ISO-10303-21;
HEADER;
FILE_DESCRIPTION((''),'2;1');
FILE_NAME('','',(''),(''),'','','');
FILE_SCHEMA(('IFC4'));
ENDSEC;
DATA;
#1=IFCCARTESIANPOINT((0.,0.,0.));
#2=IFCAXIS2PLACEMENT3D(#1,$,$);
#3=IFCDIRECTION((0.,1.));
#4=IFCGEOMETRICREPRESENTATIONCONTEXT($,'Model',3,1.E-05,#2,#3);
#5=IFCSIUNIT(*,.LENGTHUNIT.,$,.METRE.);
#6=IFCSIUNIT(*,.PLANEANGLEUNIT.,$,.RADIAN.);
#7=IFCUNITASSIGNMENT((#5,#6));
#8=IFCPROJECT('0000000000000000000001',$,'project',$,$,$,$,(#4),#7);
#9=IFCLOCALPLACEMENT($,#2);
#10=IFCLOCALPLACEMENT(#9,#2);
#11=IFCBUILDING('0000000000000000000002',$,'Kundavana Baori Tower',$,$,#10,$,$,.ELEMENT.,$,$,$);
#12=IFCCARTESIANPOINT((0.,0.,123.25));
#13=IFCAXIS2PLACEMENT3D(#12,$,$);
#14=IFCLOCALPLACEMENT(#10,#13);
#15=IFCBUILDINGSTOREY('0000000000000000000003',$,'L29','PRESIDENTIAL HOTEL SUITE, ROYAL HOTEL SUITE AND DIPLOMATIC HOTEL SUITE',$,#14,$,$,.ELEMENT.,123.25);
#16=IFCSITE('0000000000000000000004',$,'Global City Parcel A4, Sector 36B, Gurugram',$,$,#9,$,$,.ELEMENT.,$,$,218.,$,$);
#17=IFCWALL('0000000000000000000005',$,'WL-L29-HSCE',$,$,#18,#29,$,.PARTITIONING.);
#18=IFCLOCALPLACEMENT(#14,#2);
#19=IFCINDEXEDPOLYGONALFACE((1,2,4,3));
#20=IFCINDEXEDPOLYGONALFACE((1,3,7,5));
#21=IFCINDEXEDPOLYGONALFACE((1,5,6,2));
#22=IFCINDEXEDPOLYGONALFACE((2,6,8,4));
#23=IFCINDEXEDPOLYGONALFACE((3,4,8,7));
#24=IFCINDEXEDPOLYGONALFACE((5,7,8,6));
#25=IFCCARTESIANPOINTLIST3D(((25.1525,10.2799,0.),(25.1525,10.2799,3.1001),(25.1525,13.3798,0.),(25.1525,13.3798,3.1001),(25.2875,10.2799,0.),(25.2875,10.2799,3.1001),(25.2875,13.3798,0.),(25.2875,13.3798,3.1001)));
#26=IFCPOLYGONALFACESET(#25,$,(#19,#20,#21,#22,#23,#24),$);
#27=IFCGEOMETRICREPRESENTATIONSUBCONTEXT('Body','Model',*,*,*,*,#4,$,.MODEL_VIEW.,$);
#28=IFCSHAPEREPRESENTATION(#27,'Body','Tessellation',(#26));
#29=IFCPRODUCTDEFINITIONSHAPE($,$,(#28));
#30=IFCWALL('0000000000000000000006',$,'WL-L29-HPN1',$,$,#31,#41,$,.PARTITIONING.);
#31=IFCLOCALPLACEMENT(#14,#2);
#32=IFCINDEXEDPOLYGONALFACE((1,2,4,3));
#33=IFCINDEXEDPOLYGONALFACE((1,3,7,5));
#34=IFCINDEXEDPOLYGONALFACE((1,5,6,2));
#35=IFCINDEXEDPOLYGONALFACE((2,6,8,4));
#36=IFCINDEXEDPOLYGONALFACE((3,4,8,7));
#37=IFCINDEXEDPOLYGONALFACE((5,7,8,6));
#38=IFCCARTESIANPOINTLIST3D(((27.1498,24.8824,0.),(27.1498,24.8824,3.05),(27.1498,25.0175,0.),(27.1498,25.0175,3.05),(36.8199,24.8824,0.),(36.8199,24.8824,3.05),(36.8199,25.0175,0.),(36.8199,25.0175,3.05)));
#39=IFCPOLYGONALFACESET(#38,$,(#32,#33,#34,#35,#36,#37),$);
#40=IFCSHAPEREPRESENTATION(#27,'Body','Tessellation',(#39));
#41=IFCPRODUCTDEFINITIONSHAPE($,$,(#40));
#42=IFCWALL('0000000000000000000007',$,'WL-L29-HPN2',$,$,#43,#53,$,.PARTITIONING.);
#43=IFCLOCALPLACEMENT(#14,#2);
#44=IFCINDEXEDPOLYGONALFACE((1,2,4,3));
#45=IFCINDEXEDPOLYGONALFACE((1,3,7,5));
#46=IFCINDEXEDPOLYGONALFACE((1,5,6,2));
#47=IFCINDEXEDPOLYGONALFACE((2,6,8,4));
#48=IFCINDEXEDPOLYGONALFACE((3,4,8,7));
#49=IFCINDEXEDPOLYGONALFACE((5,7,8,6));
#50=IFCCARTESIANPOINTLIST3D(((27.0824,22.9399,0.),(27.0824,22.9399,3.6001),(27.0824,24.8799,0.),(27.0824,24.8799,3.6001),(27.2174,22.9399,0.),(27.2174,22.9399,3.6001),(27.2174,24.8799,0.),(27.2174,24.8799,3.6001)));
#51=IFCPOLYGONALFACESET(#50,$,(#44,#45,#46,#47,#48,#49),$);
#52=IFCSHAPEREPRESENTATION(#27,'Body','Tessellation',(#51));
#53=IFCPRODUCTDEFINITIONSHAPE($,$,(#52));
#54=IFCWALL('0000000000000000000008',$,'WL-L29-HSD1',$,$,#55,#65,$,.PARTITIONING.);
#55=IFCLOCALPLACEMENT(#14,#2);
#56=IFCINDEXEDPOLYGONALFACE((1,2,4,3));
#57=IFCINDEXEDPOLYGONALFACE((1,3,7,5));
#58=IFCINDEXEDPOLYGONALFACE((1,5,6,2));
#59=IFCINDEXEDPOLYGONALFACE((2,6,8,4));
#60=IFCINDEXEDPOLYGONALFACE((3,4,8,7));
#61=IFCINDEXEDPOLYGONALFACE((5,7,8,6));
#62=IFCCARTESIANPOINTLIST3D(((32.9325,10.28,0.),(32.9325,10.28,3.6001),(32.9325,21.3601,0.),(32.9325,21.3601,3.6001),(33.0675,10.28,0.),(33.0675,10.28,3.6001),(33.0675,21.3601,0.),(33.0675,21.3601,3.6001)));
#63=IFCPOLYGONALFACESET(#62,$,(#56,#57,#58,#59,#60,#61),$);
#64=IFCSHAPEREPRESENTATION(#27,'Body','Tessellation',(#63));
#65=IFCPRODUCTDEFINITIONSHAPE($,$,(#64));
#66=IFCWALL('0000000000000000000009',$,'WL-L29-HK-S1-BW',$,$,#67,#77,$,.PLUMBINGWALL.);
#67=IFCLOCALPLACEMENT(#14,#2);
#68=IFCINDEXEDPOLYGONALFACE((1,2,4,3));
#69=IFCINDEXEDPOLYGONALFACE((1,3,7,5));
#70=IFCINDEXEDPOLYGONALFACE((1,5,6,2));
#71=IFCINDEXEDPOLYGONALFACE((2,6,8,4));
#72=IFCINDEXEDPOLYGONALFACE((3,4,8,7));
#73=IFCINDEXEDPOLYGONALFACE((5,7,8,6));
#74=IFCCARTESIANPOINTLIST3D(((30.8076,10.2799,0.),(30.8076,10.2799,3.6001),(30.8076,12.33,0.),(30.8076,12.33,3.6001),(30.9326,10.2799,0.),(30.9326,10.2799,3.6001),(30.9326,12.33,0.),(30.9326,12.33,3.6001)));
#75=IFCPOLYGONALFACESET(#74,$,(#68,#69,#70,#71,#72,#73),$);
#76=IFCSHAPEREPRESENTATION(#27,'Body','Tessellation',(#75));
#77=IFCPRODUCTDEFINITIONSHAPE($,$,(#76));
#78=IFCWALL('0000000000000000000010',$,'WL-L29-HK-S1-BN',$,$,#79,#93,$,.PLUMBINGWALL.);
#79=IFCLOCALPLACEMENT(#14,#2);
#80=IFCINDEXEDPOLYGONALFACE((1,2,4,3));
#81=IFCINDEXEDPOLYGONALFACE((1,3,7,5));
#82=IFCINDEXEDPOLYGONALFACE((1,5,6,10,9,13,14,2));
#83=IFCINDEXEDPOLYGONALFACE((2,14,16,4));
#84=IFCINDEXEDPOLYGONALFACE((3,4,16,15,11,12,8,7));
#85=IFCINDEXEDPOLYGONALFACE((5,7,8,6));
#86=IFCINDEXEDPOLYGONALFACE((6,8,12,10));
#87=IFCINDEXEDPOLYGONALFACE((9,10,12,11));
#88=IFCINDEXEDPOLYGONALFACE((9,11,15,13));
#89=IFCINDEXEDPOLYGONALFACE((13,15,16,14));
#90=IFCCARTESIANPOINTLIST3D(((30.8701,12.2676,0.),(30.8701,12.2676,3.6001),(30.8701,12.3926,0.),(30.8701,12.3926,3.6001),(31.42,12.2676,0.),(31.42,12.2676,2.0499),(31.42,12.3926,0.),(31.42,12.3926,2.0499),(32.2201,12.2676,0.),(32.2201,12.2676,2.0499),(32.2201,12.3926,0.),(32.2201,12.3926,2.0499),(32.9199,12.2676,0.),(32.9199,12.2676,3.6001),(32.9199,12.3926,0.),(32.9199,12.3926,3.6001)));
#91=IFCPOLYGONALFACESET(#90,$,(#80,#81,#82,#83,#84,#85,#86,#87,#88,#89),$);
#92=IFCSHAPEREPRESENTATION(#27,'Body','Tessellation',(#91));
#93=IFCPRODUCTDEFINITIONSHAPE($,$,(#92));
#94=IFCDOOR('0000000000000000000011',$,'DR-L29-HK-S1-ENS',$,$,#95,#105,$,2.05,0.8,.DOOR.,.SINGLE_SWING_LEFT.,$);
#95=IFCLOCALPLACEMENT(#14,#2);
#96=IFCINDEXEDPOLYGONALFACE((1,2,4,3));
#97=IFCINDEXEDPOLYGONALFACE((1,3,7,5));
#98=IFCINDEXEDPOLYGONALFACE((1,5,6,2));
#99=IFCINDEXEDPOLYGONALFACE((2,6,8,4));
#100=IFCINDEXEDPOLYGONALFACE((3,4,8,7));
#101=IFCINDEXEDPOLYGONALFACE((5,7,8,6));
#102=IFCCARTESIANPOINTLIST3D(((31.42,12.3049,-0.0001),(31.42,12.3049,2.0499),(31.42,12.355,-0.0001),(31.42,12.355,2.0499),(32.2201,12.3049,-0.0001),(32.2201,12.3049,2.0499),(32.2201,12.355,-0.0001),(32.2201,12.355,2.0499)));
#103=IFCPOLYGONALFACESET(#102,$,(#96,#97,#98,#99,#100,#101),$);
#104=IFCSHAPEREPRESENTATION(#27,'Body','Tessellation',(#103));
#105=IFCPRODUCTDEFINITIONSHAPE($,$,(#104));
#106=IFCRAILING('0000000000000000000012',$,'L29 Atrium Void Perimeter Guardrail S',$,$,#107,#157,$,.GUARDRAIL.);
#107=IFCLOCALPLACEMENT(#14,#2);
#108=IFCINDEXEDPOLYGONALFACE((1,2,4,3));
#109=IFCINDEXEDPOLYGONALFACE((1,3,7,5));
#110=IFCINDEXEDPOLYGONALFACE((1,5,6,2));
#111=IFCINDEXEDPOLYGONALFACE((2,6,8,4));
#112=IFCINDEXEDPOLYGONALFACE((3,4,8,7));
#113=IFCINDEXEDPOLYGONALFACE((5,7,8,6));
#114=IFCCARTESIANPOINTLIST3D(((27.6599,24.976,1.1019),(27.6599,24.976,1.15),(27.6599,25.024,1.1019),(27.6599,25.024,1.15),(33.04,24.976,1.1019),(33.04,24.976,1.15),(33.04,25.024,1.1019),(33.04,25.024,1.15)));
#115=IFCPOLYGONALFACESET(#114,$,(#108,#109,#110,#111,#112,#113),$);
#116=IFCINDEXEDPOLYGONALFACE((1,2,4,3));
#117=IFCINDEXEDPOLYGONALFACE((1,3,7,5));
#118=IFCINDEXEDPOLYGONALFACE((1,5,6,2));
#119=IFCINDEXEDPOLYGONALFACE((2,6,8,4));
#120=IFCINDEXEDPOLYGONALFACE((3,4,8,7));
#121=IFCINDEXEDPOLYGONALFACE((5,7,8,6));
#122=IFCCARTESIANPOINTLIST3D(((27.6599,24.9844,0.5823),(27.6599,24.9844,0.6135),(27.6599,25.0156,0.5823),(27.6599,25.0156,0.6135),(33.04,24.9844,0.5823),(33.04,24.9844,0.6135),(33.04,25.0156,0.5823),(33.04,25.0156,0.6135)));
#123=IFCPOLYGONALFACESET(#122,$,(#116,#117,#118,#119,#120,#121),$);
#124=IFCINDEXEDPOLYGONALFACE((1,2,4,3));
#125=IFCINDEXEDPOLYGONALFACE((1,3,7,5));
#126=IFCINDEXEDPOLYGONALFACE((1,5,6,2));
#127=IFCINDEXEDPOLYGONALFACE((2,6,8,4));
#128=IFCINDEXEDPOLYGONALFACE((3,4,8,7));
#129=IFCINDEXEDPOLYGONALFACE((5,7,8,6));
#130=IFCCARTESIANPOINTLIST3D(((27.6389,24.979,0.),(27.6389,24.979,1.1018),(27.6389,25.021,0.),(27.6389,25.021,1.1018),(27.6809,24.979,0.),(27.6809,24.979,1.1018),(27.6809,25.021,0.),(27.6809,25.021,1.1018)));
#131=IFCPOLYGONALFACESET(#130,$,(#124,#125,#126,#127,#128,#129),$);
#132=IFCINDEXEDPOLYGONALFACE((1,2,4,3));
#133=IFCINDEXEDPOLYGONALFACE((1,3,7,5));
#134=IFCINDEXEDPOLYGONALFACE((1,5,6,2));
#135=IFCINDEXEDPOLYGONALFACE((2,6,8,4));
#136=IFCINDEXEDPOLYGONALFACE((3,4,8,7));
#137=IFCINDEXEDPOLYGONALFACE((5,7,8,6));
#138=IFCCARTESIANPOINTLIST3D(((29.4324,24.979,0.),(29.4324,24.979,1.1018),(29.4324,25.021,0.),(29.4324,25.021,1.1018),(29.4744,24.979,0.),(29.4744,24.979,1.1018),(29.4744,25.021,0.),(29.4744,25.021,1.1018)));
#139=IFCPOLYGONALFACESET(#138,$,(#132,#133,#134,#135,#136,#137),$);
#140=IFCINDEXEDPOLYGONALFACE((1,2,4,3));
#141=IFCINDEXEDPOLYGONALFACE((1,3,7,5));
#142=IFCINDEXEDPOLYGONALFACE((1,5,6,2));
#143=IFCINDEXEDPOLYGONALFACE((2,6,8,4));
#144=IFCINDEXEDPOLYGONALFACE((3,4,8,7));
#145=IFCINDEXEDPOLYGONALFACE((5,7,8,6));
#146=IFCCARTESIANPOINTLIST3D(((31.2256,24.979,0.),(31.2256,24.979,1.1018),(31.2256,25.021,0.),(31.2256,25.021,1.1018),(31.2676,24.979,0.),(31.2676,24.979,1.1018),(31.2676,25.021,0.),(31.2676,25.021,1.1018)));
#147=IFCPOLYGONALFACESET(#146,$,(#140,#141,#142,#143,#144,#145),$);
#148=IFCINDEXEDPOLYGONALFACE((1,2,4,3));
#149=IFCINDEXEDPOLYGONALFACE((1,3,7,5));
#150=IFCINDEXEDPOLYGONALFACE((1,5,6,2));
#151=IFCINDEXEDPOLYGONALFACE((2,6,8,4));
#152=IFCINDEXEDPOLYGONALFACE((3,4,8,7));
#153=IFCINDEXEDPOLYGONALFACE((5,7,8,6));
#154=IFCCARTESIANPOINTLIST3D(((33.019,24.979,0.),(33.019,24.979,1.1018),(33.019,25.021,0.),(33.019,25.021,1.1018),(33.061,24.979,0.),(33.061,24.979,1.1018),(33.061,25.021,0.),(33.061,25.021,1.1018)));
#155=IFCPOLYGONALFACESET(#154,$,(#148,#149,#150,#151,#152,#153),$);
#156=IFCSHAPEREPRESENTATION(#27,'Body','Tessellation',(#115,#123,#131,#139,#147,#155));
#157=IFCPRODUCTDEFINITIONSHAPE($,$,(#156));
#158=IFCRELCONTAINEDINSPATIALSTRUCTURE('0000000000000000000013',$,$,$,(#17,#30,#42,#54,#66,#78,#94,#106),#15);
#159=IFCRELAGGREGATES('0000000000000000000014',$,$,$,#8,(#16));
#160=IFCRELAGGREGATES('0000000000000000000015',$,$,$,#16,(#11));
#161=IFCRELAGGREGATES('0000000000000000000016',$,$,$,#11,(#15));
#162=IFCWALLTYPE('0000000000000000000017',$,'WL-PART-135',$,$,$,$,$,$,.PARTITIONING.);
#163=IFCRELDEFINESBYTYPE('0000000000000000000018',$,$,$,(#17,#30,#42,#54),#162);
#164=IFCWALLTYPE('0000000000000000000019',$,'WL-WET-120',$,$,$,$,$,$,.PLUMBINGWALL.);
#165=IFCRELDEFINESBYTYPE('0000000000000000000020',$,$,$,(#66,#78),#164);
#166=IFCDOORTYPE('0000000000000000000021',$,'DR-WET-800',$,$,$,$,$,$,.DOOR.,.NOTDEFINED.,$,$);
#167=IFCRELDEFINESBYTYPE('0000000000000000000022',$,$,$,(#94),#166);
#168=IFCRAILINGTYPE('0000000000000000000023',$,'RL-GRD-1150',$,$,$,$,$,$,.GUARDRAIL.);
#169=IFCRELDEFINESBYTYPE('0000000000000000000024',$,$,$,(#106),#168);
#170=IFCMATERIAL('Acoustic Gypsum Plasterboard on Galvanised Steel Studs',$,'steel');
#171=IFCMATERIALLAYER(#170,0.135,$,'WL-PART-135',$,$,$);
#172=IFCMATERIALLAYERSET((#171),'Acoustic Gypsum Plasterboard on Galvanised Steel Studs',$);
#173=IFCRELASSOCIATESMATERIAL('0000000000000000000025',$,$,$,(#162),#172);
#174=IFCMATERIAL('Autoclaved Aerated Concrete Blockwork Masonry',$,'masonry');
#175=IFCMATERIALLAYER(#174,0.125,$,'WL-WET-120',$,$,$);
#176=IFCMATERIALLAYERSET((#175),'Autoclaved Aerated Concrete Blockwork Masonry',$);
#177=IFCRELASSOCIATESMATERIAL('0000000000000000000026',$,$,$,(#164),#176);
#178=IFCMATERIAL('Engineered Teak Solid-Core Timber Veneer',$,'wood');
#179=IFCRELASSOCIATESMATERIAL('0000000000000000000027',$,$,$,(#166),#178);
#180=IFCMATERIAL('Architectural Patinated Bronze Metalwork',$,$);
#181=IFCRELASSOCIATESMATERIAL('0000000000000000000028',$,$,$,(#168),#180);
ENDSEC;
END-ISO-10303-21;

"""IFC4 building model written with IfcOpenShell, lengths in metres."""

from ifc_helpers import new_model, si_unit, direction, frame, frame_2d, origin, origin_2d, place, context, subcontext, project, spatial, rectangle, extrude, material, layer, layer_set, type_object, element, fill, save


model = new_model("IFC4")

# Units and contexts
model_context = context("Model", 3, precision=1e-05, world=origin(), true_north=direction((0.0, 1.0)))
body_context = subcontext(model_context, "Body", "Model", "MODEL_VIEW")
ifc_project = project(units=[si_unit("LENGTHUNIT", "METRE"), si_unit("PLANEANGLEUNIT", "RADIAN")], contexts=[model_context])

# Site, building, storey
site_placement = place(None, origin())
site = spatial("IfcSite", under=ifc_project, at=site_placement, Name="Global City Parcel A4, Sector 36B, Gurugram", CompositionType="ELEMENT", RefElevation=218.0)
building_placement = place(site_placement, origin())
building = spatial("IfcBuilding", under=site, at=building_placement, Name="Kundavana Baori Tower", CompositionType="ELEMENT")
storey_placement = place(building_placement, frame((0.0, 0.0, 123.25)))
storey = spatial("IfcBuildingStorey", under=building, at=storey_placement, Name="L29", Description="PRESIDENTIAL HOTEL SUITE, ROYAL HOTEL SUITE AND DIPLOMATIC HOTEL SUITE", CompositionType="ELEMENT", Elevation=123.25)

# Shared definitions
ifc_material_1 = material(Name="Acoustic Gypsum Plasterboard on Galvanised Steel Studs", Category="steel")
ifc_layer_1 = layer(ifc_material_1, 0.135, Name="WL-PART-135")
ifc_layer_set_1 = layer_set([ifc_layer_1], Name="Acoustic Gypsum Plasterboard on Galvanised Steel Studs")
wall_type_1 = type_object("IfcWallType", Name="WL-PART-135", PredefinedType="PARTITIONING", material=ifc_layer_set_1)

# Walls
wall_1_placement = place(storey_placement, frame((25.22, 10.28, 0.0), z_axis=(0.0, 0.0, 1.0), x_axis=(0.0, 1.0, 0.0)))
element("IfcWall", 1, at=wall_1_placement, inside=storey, type_object=wall_type_1, Name="WL-L29-HSCE", PredefinedType="PARTITIONING", context=body_context, shape_type="SweptSolid", body=[
    extrude(rectangle(XDim=3.0999, YDim=0.135, at=frame_2d((1.5498, 0.0))), origin(), (0.0, 0.0, 1.0), 3.1001),
])
wall_2_placement = place(storey_placement, frame((27.1499, 24.95, 0.0), z_axis=(0.0, 0.0, 1.0), x_axis=(1.0, 0.0, 0.0)))
element("IfcWall", 2, at=wall_2_placement, inside=storey, type_object=wall_type_1, Name="WL-L29-HPN1", PredefinedType="PARTITIONING", context=body_context, shape_type="SweptSolid", body=[
    extrude(rectangle(XDim=9.6702, YDim=0.135, at=frame_2d((4.835, 0.0))), origin(), (0.0, 0.0, 1.0), 3.05),
])
wall_3_placement = place(storey_placement, frame((27.1499, 22.9399, 0.0), z_axis=(0.0, 0.0, 1.0), x_axis=(0.0, 1.0, 0.0)))
element("IfcWall", 3, at=wall_3_placement, inside=storey, type_object=wall_type_1, Name="WL-L29-HPN2", PredefinedType="PARTITIONING", context=body_context, shape_type="SweptSolid", body=[
    extrude(rectangle(XDim=1.9399, YDim=0.135, at=frame_2d((0.97, 0.0))), origin(), (0.0, 0.0, 1.0), 3.6001),
])
wall_4_placement = place(storey_placement, frame((33.0, 10.28, 0.0), z_axis=(0.0, 0.0, 1.0), x_axis=(0.0, 1.0, 0.0)))
element("IfcWall", 4, at=wall_4_placement, inside=storey, type_object=wall_type_1, Name="WL-L29-HSD1", PredefinedType="PARTITIONING", context=body_context, shape_type="SweptSolid", body=[
    extrude(rectangle(XDim=11.0801, YDim=0.135, at=frame_2d((5.54, 0.0))), origin(), (0.0, 0.0, 1.0), 3.6001),
])
ifc_material_2 = material(Name="Autoclaved Aerated Concrete Blockwork Masonry", Category="masonry")
ifc_layer_2 = layer(ifc_material_2, 0.125, Name="WL-WET-120")
ifc_layer_set_2 = layer_set([ifc_layer_2], Name="Autoclaved Aerated Concrete Blockwork Masonry")
wall_type_2 = type_object("IfcWallType", Name="WL-WET-120", PredefinedType="PLUMBINGWALL", material=ifc_layer_set_2)
wall_5_placement = place(storey_placement, frame((30.8701, 10.28, 0.0), z_axis=(0.0, 0.0, 1.0), x_axis=(0.0, 1.0, 0.0)))
element("IfcWall", 5, at=wall_5_placement, inside=storey, type_object=wall_type_2, Name="WL-L29-HK-S1-BW", PredefinedType="PLUMBINGWALL", context=body_context, shape_type="SweptSolid", body=[
    extrude(rectangle(XDim=2.05, YDim=0.125, at=frame_2d((1.0249, 0.0))), origin(), (0.0, 0.0, 1.0), 3.6001),
])

# Wall, opening, door
wall_6_placement = place(storey_placement, frame((30.8701, 12.3301, 0.0), z_axis=(0.0, 0.0, 1.0), x_axis=(1.0, 0.0, 0.0)))
wall_6 = element("IfcWall", 6, at=wall_6_placement, inside=storey, type_object=wall_type_2, Name="WL-L29-HK-S1-BN", PredefinedType="PLUMBINGWALL", context=body_context, shape_type="SweptSolid", body=[
    extrude(rectangle(XDim=2.0498, YDim=0.125, at=frame_2d((1.0249, 0.0))), origin(), (0.0, 0.0, 1.0), 3.6001),
])
opening_1_placement = place(wall_6_placement, frame((0.55, 0.0, 0.0)))
opening_1 = element("IfcOpeningElement", 7, at=opening_1_placement, cuts=wall_6, PredefinedType="OPENING", context=body_context, shape_type="SweptSolid", body=[
    extrude(rectangle(XDim=0.8, YDim=2.05, at=frame_2d((0.3999, 1.0249))), frame((0.0, 0.0725, 0.0), z_axis=(0.0, -1.0, 0.0), x_axis=(1.0, 0.0, 0.0)), (0.0, 0.0, 1.0), 0.145),
])
ifc_material_3 = material(Name="Engineered Teak Solid-Core Timber Veneer", Category="wood")
door_type_1 = type_object("IfcDoorType", Name="DR-WET-800", OperationType="NOTDEFINED", PredefinedType="DOOR", material=ifc_material_3)
door_1_placement = place(opening_1_placement, origin())
door_1 = element("IfcDoor", 8, at=door_1_placement, inside=storey, type_object=door_type_1, Name="DR-L29-HK-S1-ENS", OperationType="SINGLE_SWING_LEFT", OverallHeight=2.05, OverallWidth=0.8, PredefinedType="DOOR", context=body_context, shape_type="SweptSolid", body=[
    extrude(rectangle(XDim=0.8, YDim=2.05, at=frame_2d((0.3999, 1.0249))), frame((0.0, 0.0249, 0.0), z_axis=(0.0, -1.0, 0.0), x_axis=(1.0, 0.0, 0.0)), (0.0, 0.0, 1.0), 0.05),
])
fill(opening_1, door_1)

# Railing
ifc_material_4 = material(Name="Architectural Patinated Bronze Metalwork")
railing_type = type_object("IfcRailingType", Name="RL-GRD-1150", PredefinedType="GUARDRAIL", material=ifc_material_4)
railing_1_placement = place(storey_placement, frame((27.6599, 25.0, 0.0)))
element("IfcRailing", 9, at=railing_1_placement, inside=storey, type_object=railing_type, Name="L29 Atrium Void Perimeter Guardrail S", PredefinedType="GUARDRAIL", context=body_context, shape_type="SweptSolid", body=[
    extrude(rectangle(XDim=0.0481, YDim=0.0481, at=origin_2d()), frame((0.0, 0.0, 1.126), z_axis=(1.0, 0.0, 0.0), x_axis=(0.0, 1.0, 0.0)), (0.0, 0.0, 1.0), 5.3801),
    extrude(rectangle(XDim=0.0312, YDim=0.0312, at=origin_2d()), frame((0.0, 0.0, 0.5979), z_axis=(1.0, 0.0, 0.0), x_axis=(0.0, 1.0, 0.0)), (0.0, 0.0, 1.0), 5.3801),
    extrude(rectangle(XDim=0.042, YDim=0.042, at=origin_2d()), origin(), (0.0, 0.0, 1.0), 1.1018),
    extrude(rectangle(XDim=0.042, YDim=0.042, at=origin_2d()), frame((1.7935, 0.0, 0.0)), (0.0, 0.0, 1.0), 1.1018),
    extrude(rectangle(XDim=0.042, YDim=0.042, at=origin_2d()), frame((3.5867, 0.0, 0.0)), (0.0, 0.0, 1.0), 1.1018),
    extrude(rectangle(XDim=0.042, YDim=0.042, at=origin_2d()), frame((5.3801, 0.0, 0.0)), (0.0, 0.0, 1.0), 1.1018),
])

save(model, "model.ifc")
